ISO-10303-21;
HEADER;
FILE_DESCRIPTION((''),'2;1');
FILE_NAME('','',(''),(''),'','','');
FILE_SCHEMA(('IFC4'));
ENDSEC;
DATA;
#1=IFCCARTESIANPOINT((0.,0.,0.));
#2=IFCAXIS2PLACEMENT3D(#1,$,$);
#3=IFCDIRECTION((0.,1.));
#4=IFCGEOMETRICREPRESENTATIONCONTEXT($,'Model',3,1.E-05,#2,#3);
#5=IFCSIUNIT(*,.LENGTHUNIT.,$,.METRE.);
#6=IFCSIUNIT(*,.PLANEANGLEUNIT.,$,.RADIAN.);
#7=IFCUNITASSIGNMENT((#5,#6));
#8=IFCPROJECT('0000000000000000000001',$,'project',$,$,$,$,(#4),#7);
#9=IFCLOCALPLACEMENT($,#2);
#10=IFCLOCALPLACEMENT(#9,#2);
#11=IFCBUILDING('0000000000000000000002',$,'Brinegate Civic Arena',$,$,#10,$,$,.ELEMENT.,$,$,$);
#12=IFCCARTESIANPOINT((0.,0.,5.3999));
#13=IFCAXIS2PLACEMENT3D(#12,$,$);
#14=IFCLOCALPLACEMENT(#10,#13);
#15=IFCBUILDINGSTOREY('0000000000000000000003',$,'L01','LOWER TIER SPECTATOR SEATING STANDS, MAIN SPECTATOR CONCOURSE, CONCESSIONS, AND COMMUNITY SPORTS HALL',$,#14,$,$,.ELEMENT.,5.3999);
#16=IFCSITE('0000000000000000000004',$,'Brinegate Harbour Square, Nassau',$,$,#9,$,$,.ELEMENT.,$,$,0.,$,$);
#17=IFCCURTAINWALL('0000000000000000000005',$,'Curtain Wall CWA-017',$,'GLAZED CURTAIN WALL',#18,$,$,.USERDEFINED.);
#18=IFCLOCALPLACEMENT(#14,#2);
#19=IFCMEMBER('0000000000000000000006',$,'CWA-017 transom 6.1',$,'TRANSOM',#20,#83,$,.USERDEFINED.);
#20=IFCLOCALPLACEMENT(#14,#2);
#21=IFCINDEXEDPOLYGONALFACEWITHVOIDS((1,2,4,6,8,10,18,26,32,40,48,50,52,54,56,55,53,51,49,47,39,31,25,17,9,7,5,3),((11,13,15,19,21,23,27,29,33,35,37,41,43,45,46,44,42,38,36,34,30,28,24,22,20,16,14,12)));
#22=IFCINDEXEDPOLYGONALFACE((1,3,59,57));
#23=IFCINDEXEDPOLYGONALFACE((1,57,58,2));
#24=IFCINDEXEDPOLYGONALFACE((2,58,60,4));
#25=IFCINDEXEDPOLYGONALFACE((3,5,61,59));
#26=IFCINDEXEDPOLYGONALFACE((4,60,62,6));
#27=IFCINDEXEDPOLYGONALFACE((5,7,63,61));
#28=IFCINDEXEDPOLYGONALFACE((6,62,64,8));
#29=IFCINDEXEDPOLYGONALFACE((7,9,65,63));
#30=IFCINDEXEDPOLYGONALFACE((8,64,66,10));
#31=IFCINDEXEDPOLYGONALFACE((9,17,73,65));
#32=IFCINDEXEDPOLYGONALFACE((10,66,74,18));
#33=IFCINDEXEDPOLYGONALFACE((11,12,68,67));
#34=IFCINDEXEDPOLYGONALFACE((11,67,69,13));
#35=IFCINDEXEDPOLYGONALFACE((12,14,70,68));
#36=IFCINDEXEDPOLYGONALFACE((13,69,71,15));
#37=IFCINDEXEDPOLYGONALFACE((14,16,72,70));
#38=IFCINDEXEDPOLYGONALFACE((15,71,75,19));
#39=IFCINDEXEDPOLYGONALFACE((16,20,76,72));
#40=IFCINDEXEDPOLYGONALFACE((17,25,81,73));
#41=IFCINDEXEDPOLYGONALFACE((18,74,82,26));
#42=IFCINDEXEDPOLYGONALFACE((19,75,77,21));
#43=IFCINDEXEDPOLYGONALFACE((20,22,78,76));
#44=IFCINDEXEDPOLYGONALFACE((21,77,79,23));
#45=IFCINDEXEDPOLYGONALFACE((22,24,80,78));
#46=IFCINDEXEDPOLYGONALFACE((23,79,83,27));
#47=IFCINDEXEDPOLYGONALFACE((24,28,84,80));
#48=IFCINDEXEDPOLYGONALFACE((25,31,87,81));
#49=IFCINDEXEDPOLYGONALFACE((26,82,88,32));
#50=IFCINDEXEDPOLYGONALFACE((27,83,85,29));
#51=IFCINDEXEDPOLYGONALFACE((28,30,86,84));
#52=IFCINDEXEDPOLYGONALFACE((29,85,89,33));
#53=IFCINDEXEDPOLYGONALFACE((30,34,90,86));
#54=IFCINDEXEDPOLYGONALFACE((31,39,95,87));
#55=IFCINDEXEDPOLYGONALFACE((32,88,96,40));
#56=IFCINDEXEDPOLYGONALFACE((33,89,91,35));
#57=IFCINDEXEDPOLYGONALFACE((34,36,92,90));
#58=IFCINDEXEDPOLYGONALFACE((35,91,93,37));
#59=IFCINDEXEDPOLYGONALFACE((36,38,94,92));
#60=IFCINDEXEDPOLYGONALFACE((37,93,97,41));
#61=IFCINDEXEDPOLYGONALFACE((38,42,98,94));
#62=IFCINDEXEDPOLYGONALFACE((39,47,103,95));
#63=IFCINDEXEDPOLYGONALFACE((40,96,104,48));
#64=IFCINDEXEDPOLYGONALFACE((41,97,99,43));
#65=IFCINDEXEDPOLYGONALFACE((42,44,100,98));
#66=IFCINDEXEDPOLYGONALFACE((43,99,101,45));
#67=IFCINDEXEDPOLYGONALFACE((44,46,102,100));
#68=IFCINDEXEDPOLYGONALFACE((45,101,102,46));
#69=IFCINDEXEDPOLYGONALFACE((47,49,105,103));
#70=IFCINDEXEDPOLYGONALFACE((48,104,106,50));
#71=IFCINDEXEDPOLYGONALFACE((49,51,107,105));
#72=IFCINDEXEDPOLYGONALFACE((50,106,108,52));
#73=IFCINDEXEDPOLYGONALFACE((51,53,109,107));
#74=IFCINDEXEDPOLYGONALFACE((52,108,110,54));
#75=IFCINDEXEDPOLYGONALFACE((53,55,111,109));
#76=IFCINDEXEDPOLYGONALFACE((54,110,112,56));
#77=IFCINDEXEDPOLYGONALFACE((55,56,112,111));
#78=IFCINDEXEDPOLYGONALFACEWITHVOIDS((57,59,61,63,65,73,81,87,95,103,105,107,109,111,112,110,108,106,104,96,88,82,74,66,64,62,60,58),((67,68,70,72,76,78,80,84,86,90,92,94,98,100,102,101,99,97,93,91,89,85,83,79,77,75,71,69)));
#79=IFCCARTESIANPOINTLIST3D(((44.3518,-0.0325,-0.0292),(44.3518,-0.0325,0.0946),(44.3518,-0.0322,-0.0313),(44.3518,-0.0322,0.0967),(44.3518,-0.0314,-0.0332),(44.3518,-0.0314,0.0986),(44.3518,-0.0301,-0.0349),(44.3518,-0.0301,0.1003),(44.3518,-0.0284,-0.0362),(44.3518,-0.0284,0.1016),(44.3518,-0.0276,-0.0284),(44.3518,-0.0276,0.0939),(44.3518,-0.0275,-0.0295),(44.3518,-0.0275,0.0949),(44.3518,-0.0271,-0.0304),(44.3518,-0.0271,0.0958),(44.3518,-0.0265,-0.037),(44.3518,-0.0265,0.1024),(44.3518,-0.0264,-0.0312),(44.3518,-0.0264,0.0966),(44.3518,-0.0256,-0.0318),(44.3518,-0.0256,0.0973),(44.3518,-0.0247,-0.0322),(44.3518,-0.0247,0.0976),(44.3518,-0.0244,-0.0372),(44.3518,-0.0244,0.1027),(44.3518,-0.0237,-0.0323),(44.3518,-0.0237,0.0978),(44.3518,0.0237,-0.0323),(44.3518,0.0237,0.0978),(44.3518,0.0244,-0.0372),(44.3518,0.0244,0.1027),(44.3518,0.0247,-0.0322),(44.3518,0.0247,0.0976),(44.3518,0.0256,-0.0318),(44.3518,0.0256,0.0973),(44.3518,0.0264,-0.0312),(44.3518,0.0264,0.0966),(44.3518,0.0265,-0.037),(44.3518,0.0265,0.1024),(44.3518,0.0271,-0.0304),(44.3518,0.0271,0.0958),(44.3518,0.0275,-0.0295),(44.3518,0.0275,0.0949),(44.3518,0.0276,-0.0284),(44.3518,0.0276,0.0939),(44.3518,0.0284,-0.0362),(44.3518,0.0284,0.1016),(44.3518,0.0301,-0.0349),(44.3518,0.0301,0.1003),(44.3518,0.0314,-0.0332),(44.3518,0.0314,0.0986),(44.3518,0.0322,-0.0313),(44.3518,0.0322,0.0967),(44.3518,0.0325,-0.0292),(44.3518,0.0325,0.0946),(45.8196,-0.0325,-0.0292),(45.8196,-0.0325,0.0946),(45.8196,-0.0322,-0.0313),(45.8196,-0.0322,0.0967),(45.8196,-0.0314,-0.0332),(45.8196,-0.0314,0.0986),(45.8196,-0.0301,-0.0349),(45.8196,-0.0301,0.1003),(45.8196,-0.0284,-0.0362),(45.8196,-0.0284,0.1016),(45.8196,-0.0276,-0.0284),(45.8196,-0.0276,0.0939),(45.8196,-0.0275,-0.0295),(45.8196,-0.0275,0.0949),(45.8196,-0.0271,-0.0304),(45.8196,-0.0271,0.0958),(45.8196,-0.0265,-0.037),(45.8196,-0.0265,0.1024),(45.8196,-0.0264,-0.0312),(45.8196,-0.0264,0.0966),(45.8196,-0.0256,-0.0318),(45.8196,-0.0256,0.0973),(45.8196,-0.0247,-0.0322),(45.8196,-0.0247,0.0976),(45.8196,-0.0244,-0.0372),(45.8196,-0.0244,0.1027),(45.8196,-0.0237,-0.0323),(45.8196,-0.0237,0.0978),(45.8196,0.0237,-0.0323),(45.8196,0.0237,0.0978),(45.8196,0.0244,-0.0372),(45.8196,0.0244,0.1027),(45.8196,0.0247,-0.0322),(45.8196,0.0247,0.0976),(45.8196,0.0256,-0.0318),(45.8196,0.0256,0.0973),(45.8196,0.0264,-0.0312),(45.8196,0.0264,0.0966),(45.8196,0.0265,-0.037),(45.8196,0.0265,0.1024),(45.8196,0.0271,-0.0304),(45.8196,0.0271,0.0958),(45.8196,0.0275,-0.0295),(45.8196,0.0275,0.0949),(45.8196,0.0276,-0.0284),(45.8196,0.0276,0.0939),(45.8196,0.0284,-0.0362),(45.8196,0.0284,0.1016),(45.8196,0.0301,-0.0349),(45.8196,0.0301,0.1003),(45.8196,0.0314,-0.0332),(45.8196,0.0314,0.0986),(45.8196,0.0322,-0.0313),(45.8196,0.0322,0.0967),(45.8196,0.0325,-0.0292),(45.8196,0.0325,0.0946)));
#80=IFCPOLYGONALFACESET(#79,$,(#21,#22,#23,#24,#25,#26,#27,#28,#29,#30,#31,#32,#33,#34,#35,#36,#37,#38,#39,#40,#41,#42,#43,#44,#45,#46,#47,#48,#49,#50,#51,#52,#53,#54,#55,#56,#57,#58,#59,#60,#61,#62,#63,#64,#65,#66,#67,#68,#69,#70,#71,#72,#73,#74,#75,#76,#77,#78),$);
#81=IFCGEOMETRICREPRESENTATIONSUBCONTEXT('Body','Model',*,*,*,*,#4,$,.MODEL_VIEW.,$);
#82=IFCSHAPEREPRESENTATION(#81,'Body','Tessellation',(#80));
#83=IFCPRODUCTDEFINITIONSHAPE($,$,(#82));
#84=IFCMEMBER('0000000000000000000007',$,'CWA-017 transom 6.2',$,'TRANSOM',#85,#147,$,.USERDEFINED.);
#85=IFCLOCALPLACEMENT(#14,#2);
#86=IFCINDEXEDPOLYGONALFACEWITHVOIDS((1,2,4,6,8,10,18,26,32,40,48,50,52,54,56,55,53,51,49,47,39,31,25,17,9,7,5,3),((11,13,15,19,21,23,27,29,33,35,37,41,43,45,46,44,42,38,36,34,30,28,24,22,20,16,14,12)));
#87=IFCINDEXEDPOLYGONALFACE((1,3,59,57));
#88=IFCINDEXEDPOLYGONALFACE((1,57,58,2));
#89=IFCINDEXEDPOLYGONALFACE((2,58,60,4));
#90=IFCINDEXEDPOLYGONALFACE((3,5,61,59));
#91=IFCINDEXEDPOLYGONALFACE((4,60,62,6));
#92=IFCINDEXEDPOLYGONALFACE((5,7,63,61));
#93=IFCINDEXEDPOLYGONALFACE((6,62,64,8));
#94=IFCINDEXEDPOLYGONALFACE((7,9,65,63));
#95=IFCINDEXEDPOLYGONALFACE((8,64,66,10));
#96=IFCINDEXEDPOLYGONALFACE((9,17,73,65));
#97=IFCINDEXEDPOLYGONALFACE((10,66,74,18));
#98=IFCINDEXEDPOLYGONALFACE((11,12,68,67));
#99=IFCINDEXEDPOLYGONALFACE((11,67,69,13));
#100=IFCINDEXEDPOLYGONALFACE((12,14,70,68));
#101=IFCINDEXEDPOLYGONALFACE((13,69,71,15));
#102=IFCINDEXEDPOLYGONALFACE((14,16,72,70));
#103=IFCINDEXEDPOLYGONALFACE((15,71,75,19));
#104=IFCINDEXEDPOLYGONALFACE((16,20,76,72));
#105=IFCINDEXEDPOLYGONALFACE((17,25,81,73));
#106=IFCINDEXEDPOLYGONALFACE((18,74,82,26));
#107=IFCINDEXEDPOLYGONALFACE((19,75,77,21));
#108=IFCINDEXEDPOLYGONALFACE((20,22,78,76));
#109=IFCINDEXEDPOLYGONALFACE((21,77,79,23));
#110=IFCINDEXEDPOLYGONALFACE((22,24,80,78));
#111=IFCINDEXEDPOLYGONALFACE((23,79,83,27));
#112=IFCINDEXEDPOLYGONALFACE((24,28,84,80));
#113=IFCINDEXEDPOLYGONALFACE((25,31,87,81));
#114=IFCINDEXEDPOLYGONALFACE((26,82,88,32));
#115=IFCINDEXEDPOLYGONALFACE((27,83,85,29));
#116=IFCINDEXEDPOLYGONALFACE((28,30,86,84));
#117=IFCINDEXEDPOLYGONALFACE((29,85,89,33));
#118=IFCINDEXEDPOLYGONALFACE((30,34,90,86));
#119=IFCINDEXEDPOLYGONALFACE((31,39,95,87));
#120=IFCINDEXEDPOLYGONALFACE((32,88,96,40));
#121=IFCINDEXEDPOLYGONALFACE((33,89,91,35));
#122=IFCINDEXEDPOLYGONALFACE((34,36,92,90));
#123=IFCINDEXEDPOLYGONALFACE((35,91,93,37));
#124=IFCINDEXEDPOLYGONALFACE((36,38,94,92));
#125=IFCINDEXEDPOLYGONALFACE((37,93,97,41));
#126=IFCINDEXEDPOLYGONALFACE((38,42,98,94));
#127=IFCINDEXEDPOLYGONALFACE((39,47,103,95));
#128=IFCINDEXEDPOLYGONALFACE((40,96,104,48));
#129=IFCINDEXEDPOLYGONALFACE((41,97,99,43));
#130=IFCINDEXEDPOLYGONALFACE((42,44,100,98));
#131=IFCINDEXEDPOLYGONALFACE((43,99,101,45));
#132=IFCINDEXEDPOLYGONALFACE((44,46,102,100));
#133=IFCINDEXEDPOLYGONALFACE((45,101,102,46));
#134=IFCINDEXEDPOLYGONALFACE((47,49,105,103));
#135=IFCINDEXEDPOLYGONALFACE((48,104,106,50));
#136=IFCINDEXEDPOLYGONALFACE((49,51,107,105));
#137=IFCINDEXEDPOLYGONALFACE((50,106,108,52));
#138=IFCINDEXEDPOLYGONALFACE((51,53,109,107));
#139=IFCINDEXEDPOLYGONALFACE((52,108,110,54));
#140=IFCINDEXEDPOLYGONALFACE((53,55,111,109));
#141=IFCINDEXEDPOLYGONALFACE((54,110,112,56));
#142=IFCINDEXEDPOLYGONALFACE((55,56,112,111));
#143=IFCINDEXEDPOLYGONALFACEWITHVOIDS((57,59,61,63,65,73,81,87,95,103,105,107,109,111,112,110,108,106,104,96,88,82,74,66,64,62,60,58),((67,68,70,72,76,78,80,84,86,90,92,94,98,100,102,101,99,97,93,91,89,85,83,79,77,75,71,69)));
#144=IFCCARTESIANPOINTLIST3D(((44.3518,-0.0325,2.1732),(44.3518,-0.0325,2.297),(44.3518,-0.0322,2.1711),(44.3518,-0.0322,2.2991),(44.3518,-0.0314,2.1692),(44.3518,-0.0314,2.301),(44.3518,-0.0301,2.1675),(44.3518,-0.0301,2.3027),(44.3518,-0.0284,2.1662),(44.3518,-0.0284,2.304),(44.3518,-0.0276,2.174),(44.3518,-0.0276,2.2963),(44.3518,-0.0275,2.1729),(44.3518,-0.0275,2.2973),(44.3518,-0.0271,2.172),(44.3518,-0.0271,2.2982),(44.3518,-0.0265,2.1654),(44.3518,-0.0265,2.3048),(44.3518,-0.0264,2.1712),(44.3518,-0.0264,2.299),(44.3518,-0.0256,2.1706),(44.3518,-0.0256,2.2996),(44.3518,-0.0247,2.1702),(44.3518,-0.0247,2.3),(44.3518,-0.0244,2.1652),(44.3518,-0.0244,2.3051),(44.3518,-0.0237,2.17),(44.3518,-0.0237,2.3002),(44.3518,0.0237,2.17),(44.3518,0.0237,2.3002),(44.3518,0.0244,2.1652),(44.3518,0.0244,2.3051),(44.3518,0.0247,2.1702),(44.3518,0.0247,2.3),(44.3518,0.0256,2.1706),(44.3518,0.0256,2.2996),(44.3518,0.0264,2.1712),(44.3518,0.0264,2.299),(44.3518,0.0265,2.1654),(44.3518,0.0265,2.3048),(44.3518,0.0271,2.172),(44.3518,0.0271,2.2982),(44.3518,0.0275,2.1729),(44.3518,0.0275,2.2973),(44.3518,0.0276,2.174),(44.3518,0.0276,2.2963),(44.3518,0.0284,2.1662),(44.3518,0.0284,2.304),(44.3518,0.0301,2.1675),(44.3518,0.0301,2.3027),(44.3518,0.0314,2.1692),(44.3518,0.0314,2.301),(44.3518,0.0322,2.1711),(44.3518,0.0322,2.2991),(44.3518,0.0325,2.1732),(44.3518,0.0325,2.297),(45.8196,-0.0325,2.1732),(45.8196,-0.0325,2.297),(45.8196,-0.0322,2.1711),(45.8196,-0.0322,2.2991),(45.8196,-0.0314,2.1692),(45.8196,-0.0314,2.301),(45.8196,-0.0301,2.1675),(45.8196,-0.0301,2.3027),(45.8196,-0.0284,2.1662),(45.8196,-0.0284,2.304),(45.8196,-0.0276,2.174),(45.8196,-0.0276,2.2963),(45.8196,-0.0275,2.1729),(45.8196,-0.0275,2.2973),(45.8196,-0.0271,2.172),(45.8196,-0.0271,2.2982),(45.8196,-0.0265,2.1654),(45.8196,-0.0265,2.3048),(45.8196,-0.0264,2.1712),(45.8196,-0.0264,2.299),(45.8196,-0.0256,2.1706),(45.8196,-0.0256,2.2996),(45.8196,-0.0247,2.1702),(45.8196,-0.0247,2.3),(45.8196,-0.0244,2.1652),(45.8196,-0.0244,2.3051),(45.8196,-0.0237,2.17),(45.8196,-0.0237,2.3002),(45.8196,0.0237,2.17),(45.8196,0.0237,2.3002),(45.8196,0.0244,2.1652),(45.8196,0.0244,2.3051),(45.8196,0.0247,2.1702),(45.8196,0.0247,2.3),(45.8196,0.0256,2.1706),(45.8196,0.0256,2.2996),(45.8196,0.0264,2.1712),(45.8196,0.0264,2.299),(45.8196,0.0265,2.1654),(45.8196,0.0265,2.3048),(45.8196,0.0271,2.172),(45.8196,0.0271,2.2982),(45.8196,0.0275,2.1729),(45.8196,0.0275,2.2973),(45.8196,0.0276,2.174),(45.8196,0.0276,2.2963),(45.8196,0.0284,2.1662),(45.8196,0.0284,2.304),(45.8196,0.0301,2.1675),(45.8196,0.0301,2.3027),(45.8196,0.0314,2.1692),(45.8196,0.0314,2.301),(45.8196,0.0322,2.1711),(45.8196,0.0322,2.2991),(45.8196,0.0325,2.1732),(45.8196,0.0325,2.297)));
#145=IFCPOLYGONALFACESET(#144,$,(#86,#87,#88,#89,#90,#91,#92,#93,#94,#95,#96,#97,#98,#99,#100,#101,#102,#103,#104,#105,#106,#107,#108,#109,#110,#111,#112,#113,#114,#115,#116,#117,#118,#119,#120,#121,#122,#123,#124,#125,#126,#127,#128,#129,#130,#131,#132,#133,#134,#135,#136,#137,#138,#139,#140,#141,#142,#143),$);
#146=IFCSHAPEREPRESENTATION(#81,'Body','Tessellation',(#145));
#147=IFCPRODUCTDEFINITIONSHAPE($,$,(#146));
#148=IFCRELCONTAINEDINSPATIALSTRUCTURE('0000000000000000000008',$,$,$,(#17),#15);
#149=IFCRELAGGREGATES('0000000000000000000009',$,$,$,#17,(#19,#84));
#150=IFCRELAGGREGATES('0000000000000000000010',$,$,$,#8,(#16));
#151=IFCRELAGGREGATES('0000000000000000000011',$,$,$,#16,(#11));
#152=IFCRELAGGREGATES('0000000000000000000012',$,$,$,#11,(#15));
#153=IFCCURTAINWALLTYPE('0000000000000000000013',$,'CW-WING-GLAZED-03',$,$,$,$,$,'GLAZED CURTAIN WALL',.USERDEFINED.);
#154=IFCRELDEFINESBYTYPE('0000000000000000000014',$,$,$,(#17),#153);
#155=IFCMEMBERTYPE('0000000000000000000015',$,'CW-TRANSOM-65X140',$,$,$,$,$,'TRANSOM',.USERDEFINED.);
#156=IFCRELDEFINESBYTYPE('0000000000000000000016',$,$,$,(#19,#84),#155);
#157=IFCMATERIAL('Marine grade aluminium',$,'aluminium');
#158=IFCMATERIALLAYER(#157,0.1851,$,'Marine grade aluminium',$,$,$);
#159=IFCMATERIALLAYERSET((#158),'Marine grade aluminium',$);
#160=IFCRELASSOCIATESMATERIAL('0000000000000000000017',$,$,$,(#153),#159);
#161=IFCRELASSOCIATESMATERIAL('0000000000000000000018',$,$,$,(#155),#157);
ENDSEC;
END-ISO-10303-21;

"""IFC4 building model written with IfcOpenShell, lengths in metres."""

from ifc_helpers import new_model, si_unit, direction, frame, origin, origin_2d, place, context, subcontext, project, spatial, hollow_rectangle, extrude, material, layer, layer_set, material_profile, profile_set, type_object, element, aggregate, save


model = new_model("IFC4")

# Units and contexts
model_context = context("Model", 3, precision=1e-05, world=origin(), true_north=direction((0.0, 1.0)))
body_context = subcontext(model_context, "Body", "Model", "MODEL_VIEW")
ifc_project = project(units=[si_unit("LENGTHUNIT", "METRE"), si_unit("PLANEANGLEUNIT", "RADIAN")], contexts=[model_context])

# Site, building, storey
site_placement = place(None, origin())
site = spatial("IfcSite", under=ifc_project, at=site_placement, Name="Brinegate Harbour Square, Nassau", CompositionType="ELEMENT", RefElevation=0.0)
building_placement = place(site_placement, origin())
building = spatial("IfcBuilding", under=site, at=building_placement, Name="Brinegate Civic Arena", CompositionType="ELEMENT")
storey_placement = place(building_placement, frame((0.0, 0.0, 5.3999)))
storey = spatial("IfcBuildingStorey", under=building, at=storey_placement, Name="L01", Description="LOWER TIER SPECTATOR SEATING STANDS, MAIN SPECTATOR CONCOURSE, CONCESSIONS, AND COMMUNITY SPORTS HALL", CompositionType="ELEMENT", Elevation=5.3999)

# Curtain wall
ifc_material_1 = material(Name="Marine grade aluminium", Category="aluminium")
ifc_layer_1 = layer(ifc_material_1, 0.1851, Name="Marine grade aluminium")
ifc_layer_set_1 = layer_set([ifc_layer_1], Name="Marine grade aluminium")
curtain_wall_type_1 = type_object("IfcCurtainWallType", Name="CW-WING-GLAZED-03", ElementType="GLAZED CURTAIN WALL", PredefinedType="USERDEFINED", material=ifc_layer_set_1)
curtain_wall_1_placement = place(storey_placement, origin())
curtain_wall_1 = element("IfcCurtainWall", 1, at=curtain_wall_1_placement, inside=storey, type_object=curtain_wall_type_1, Name="Curtain Wall CWA-017", ObjectType="GLAZED CURTAIN WALL", PredefinedType="USERDEFINED")

# Members
ifc_material_profile_1 = material_profile(ifc_material_1, hollow_rectangle(XDim=0.0649, YDim=0.1399, WallThickness=0.0049, InnerFilletRadius=0.0039, OuterFilletRadius=0.0081, at=origin_2d()), Name="TRN65X140")
ifc_profile_set_1 = profile_set([ifc_material_profile_1], Name="Marine grade aluminium")
member_type_1 = type_object("IfcMemberType", Name="CW-TRANSOM-65X140", ElementType="TRANSOM", PredefinedType="USERDEFINED", material=ifc_profile_set_1)
member_1_placement = place(storey_placement, frame((44.3518, 0.0, 0.0327), z_axis=(1.0, 0.0, 0.0), x_axis=(0.0, 1.0, 0.0)))
member_1 = element("IfcMember", 2, at=member_1_placement, type_object=member_type_1, Name="CWA-017 transom 6.1", ObjectType="TRANSOM", PredefinedType="USERDEFINED", context=body_context, shape_type="SweptSolid", body=[
    extrude(hollow_rectangle(XDim=0.0649, YDim=0.1399, WallThickness=0.0049, InnerFilletRadius=0.0039, OuterFilletRadius=0.0081, at=origin_2d()), origin(), (0.0, 0.0, 1.0), 1.4678),
])
member_2_placement = place(storey_placement, frame((44.3518, 0.0, 2.2351), z_axis=(1.0, 0.0, 0.0), x_axis=(0.0, 1.0, 0.0)))
member_2 = element("IfcMember", 3, at=member_2_placement, type_object=member_type_1, Name="CWA-017 transom 6.2", ObjectType="TRANSOM", PredefinedType="USERDEFINED", context=body_context, shape_type="SweptSolid", body=[
    extrude(hollow_rectangle(XDim=0.0649, YDim=0.1399, WallThickness=0.0049, InnerFilletRadius=0.0039, OuterFilletRadius=0.0081, at=origin_2d()), origin(), (0.0, 0.0, 1.0), 1.4678),
])

aggregate(curtain_wall_1, [member_1, member_2])

save(model, "model.ifc")
